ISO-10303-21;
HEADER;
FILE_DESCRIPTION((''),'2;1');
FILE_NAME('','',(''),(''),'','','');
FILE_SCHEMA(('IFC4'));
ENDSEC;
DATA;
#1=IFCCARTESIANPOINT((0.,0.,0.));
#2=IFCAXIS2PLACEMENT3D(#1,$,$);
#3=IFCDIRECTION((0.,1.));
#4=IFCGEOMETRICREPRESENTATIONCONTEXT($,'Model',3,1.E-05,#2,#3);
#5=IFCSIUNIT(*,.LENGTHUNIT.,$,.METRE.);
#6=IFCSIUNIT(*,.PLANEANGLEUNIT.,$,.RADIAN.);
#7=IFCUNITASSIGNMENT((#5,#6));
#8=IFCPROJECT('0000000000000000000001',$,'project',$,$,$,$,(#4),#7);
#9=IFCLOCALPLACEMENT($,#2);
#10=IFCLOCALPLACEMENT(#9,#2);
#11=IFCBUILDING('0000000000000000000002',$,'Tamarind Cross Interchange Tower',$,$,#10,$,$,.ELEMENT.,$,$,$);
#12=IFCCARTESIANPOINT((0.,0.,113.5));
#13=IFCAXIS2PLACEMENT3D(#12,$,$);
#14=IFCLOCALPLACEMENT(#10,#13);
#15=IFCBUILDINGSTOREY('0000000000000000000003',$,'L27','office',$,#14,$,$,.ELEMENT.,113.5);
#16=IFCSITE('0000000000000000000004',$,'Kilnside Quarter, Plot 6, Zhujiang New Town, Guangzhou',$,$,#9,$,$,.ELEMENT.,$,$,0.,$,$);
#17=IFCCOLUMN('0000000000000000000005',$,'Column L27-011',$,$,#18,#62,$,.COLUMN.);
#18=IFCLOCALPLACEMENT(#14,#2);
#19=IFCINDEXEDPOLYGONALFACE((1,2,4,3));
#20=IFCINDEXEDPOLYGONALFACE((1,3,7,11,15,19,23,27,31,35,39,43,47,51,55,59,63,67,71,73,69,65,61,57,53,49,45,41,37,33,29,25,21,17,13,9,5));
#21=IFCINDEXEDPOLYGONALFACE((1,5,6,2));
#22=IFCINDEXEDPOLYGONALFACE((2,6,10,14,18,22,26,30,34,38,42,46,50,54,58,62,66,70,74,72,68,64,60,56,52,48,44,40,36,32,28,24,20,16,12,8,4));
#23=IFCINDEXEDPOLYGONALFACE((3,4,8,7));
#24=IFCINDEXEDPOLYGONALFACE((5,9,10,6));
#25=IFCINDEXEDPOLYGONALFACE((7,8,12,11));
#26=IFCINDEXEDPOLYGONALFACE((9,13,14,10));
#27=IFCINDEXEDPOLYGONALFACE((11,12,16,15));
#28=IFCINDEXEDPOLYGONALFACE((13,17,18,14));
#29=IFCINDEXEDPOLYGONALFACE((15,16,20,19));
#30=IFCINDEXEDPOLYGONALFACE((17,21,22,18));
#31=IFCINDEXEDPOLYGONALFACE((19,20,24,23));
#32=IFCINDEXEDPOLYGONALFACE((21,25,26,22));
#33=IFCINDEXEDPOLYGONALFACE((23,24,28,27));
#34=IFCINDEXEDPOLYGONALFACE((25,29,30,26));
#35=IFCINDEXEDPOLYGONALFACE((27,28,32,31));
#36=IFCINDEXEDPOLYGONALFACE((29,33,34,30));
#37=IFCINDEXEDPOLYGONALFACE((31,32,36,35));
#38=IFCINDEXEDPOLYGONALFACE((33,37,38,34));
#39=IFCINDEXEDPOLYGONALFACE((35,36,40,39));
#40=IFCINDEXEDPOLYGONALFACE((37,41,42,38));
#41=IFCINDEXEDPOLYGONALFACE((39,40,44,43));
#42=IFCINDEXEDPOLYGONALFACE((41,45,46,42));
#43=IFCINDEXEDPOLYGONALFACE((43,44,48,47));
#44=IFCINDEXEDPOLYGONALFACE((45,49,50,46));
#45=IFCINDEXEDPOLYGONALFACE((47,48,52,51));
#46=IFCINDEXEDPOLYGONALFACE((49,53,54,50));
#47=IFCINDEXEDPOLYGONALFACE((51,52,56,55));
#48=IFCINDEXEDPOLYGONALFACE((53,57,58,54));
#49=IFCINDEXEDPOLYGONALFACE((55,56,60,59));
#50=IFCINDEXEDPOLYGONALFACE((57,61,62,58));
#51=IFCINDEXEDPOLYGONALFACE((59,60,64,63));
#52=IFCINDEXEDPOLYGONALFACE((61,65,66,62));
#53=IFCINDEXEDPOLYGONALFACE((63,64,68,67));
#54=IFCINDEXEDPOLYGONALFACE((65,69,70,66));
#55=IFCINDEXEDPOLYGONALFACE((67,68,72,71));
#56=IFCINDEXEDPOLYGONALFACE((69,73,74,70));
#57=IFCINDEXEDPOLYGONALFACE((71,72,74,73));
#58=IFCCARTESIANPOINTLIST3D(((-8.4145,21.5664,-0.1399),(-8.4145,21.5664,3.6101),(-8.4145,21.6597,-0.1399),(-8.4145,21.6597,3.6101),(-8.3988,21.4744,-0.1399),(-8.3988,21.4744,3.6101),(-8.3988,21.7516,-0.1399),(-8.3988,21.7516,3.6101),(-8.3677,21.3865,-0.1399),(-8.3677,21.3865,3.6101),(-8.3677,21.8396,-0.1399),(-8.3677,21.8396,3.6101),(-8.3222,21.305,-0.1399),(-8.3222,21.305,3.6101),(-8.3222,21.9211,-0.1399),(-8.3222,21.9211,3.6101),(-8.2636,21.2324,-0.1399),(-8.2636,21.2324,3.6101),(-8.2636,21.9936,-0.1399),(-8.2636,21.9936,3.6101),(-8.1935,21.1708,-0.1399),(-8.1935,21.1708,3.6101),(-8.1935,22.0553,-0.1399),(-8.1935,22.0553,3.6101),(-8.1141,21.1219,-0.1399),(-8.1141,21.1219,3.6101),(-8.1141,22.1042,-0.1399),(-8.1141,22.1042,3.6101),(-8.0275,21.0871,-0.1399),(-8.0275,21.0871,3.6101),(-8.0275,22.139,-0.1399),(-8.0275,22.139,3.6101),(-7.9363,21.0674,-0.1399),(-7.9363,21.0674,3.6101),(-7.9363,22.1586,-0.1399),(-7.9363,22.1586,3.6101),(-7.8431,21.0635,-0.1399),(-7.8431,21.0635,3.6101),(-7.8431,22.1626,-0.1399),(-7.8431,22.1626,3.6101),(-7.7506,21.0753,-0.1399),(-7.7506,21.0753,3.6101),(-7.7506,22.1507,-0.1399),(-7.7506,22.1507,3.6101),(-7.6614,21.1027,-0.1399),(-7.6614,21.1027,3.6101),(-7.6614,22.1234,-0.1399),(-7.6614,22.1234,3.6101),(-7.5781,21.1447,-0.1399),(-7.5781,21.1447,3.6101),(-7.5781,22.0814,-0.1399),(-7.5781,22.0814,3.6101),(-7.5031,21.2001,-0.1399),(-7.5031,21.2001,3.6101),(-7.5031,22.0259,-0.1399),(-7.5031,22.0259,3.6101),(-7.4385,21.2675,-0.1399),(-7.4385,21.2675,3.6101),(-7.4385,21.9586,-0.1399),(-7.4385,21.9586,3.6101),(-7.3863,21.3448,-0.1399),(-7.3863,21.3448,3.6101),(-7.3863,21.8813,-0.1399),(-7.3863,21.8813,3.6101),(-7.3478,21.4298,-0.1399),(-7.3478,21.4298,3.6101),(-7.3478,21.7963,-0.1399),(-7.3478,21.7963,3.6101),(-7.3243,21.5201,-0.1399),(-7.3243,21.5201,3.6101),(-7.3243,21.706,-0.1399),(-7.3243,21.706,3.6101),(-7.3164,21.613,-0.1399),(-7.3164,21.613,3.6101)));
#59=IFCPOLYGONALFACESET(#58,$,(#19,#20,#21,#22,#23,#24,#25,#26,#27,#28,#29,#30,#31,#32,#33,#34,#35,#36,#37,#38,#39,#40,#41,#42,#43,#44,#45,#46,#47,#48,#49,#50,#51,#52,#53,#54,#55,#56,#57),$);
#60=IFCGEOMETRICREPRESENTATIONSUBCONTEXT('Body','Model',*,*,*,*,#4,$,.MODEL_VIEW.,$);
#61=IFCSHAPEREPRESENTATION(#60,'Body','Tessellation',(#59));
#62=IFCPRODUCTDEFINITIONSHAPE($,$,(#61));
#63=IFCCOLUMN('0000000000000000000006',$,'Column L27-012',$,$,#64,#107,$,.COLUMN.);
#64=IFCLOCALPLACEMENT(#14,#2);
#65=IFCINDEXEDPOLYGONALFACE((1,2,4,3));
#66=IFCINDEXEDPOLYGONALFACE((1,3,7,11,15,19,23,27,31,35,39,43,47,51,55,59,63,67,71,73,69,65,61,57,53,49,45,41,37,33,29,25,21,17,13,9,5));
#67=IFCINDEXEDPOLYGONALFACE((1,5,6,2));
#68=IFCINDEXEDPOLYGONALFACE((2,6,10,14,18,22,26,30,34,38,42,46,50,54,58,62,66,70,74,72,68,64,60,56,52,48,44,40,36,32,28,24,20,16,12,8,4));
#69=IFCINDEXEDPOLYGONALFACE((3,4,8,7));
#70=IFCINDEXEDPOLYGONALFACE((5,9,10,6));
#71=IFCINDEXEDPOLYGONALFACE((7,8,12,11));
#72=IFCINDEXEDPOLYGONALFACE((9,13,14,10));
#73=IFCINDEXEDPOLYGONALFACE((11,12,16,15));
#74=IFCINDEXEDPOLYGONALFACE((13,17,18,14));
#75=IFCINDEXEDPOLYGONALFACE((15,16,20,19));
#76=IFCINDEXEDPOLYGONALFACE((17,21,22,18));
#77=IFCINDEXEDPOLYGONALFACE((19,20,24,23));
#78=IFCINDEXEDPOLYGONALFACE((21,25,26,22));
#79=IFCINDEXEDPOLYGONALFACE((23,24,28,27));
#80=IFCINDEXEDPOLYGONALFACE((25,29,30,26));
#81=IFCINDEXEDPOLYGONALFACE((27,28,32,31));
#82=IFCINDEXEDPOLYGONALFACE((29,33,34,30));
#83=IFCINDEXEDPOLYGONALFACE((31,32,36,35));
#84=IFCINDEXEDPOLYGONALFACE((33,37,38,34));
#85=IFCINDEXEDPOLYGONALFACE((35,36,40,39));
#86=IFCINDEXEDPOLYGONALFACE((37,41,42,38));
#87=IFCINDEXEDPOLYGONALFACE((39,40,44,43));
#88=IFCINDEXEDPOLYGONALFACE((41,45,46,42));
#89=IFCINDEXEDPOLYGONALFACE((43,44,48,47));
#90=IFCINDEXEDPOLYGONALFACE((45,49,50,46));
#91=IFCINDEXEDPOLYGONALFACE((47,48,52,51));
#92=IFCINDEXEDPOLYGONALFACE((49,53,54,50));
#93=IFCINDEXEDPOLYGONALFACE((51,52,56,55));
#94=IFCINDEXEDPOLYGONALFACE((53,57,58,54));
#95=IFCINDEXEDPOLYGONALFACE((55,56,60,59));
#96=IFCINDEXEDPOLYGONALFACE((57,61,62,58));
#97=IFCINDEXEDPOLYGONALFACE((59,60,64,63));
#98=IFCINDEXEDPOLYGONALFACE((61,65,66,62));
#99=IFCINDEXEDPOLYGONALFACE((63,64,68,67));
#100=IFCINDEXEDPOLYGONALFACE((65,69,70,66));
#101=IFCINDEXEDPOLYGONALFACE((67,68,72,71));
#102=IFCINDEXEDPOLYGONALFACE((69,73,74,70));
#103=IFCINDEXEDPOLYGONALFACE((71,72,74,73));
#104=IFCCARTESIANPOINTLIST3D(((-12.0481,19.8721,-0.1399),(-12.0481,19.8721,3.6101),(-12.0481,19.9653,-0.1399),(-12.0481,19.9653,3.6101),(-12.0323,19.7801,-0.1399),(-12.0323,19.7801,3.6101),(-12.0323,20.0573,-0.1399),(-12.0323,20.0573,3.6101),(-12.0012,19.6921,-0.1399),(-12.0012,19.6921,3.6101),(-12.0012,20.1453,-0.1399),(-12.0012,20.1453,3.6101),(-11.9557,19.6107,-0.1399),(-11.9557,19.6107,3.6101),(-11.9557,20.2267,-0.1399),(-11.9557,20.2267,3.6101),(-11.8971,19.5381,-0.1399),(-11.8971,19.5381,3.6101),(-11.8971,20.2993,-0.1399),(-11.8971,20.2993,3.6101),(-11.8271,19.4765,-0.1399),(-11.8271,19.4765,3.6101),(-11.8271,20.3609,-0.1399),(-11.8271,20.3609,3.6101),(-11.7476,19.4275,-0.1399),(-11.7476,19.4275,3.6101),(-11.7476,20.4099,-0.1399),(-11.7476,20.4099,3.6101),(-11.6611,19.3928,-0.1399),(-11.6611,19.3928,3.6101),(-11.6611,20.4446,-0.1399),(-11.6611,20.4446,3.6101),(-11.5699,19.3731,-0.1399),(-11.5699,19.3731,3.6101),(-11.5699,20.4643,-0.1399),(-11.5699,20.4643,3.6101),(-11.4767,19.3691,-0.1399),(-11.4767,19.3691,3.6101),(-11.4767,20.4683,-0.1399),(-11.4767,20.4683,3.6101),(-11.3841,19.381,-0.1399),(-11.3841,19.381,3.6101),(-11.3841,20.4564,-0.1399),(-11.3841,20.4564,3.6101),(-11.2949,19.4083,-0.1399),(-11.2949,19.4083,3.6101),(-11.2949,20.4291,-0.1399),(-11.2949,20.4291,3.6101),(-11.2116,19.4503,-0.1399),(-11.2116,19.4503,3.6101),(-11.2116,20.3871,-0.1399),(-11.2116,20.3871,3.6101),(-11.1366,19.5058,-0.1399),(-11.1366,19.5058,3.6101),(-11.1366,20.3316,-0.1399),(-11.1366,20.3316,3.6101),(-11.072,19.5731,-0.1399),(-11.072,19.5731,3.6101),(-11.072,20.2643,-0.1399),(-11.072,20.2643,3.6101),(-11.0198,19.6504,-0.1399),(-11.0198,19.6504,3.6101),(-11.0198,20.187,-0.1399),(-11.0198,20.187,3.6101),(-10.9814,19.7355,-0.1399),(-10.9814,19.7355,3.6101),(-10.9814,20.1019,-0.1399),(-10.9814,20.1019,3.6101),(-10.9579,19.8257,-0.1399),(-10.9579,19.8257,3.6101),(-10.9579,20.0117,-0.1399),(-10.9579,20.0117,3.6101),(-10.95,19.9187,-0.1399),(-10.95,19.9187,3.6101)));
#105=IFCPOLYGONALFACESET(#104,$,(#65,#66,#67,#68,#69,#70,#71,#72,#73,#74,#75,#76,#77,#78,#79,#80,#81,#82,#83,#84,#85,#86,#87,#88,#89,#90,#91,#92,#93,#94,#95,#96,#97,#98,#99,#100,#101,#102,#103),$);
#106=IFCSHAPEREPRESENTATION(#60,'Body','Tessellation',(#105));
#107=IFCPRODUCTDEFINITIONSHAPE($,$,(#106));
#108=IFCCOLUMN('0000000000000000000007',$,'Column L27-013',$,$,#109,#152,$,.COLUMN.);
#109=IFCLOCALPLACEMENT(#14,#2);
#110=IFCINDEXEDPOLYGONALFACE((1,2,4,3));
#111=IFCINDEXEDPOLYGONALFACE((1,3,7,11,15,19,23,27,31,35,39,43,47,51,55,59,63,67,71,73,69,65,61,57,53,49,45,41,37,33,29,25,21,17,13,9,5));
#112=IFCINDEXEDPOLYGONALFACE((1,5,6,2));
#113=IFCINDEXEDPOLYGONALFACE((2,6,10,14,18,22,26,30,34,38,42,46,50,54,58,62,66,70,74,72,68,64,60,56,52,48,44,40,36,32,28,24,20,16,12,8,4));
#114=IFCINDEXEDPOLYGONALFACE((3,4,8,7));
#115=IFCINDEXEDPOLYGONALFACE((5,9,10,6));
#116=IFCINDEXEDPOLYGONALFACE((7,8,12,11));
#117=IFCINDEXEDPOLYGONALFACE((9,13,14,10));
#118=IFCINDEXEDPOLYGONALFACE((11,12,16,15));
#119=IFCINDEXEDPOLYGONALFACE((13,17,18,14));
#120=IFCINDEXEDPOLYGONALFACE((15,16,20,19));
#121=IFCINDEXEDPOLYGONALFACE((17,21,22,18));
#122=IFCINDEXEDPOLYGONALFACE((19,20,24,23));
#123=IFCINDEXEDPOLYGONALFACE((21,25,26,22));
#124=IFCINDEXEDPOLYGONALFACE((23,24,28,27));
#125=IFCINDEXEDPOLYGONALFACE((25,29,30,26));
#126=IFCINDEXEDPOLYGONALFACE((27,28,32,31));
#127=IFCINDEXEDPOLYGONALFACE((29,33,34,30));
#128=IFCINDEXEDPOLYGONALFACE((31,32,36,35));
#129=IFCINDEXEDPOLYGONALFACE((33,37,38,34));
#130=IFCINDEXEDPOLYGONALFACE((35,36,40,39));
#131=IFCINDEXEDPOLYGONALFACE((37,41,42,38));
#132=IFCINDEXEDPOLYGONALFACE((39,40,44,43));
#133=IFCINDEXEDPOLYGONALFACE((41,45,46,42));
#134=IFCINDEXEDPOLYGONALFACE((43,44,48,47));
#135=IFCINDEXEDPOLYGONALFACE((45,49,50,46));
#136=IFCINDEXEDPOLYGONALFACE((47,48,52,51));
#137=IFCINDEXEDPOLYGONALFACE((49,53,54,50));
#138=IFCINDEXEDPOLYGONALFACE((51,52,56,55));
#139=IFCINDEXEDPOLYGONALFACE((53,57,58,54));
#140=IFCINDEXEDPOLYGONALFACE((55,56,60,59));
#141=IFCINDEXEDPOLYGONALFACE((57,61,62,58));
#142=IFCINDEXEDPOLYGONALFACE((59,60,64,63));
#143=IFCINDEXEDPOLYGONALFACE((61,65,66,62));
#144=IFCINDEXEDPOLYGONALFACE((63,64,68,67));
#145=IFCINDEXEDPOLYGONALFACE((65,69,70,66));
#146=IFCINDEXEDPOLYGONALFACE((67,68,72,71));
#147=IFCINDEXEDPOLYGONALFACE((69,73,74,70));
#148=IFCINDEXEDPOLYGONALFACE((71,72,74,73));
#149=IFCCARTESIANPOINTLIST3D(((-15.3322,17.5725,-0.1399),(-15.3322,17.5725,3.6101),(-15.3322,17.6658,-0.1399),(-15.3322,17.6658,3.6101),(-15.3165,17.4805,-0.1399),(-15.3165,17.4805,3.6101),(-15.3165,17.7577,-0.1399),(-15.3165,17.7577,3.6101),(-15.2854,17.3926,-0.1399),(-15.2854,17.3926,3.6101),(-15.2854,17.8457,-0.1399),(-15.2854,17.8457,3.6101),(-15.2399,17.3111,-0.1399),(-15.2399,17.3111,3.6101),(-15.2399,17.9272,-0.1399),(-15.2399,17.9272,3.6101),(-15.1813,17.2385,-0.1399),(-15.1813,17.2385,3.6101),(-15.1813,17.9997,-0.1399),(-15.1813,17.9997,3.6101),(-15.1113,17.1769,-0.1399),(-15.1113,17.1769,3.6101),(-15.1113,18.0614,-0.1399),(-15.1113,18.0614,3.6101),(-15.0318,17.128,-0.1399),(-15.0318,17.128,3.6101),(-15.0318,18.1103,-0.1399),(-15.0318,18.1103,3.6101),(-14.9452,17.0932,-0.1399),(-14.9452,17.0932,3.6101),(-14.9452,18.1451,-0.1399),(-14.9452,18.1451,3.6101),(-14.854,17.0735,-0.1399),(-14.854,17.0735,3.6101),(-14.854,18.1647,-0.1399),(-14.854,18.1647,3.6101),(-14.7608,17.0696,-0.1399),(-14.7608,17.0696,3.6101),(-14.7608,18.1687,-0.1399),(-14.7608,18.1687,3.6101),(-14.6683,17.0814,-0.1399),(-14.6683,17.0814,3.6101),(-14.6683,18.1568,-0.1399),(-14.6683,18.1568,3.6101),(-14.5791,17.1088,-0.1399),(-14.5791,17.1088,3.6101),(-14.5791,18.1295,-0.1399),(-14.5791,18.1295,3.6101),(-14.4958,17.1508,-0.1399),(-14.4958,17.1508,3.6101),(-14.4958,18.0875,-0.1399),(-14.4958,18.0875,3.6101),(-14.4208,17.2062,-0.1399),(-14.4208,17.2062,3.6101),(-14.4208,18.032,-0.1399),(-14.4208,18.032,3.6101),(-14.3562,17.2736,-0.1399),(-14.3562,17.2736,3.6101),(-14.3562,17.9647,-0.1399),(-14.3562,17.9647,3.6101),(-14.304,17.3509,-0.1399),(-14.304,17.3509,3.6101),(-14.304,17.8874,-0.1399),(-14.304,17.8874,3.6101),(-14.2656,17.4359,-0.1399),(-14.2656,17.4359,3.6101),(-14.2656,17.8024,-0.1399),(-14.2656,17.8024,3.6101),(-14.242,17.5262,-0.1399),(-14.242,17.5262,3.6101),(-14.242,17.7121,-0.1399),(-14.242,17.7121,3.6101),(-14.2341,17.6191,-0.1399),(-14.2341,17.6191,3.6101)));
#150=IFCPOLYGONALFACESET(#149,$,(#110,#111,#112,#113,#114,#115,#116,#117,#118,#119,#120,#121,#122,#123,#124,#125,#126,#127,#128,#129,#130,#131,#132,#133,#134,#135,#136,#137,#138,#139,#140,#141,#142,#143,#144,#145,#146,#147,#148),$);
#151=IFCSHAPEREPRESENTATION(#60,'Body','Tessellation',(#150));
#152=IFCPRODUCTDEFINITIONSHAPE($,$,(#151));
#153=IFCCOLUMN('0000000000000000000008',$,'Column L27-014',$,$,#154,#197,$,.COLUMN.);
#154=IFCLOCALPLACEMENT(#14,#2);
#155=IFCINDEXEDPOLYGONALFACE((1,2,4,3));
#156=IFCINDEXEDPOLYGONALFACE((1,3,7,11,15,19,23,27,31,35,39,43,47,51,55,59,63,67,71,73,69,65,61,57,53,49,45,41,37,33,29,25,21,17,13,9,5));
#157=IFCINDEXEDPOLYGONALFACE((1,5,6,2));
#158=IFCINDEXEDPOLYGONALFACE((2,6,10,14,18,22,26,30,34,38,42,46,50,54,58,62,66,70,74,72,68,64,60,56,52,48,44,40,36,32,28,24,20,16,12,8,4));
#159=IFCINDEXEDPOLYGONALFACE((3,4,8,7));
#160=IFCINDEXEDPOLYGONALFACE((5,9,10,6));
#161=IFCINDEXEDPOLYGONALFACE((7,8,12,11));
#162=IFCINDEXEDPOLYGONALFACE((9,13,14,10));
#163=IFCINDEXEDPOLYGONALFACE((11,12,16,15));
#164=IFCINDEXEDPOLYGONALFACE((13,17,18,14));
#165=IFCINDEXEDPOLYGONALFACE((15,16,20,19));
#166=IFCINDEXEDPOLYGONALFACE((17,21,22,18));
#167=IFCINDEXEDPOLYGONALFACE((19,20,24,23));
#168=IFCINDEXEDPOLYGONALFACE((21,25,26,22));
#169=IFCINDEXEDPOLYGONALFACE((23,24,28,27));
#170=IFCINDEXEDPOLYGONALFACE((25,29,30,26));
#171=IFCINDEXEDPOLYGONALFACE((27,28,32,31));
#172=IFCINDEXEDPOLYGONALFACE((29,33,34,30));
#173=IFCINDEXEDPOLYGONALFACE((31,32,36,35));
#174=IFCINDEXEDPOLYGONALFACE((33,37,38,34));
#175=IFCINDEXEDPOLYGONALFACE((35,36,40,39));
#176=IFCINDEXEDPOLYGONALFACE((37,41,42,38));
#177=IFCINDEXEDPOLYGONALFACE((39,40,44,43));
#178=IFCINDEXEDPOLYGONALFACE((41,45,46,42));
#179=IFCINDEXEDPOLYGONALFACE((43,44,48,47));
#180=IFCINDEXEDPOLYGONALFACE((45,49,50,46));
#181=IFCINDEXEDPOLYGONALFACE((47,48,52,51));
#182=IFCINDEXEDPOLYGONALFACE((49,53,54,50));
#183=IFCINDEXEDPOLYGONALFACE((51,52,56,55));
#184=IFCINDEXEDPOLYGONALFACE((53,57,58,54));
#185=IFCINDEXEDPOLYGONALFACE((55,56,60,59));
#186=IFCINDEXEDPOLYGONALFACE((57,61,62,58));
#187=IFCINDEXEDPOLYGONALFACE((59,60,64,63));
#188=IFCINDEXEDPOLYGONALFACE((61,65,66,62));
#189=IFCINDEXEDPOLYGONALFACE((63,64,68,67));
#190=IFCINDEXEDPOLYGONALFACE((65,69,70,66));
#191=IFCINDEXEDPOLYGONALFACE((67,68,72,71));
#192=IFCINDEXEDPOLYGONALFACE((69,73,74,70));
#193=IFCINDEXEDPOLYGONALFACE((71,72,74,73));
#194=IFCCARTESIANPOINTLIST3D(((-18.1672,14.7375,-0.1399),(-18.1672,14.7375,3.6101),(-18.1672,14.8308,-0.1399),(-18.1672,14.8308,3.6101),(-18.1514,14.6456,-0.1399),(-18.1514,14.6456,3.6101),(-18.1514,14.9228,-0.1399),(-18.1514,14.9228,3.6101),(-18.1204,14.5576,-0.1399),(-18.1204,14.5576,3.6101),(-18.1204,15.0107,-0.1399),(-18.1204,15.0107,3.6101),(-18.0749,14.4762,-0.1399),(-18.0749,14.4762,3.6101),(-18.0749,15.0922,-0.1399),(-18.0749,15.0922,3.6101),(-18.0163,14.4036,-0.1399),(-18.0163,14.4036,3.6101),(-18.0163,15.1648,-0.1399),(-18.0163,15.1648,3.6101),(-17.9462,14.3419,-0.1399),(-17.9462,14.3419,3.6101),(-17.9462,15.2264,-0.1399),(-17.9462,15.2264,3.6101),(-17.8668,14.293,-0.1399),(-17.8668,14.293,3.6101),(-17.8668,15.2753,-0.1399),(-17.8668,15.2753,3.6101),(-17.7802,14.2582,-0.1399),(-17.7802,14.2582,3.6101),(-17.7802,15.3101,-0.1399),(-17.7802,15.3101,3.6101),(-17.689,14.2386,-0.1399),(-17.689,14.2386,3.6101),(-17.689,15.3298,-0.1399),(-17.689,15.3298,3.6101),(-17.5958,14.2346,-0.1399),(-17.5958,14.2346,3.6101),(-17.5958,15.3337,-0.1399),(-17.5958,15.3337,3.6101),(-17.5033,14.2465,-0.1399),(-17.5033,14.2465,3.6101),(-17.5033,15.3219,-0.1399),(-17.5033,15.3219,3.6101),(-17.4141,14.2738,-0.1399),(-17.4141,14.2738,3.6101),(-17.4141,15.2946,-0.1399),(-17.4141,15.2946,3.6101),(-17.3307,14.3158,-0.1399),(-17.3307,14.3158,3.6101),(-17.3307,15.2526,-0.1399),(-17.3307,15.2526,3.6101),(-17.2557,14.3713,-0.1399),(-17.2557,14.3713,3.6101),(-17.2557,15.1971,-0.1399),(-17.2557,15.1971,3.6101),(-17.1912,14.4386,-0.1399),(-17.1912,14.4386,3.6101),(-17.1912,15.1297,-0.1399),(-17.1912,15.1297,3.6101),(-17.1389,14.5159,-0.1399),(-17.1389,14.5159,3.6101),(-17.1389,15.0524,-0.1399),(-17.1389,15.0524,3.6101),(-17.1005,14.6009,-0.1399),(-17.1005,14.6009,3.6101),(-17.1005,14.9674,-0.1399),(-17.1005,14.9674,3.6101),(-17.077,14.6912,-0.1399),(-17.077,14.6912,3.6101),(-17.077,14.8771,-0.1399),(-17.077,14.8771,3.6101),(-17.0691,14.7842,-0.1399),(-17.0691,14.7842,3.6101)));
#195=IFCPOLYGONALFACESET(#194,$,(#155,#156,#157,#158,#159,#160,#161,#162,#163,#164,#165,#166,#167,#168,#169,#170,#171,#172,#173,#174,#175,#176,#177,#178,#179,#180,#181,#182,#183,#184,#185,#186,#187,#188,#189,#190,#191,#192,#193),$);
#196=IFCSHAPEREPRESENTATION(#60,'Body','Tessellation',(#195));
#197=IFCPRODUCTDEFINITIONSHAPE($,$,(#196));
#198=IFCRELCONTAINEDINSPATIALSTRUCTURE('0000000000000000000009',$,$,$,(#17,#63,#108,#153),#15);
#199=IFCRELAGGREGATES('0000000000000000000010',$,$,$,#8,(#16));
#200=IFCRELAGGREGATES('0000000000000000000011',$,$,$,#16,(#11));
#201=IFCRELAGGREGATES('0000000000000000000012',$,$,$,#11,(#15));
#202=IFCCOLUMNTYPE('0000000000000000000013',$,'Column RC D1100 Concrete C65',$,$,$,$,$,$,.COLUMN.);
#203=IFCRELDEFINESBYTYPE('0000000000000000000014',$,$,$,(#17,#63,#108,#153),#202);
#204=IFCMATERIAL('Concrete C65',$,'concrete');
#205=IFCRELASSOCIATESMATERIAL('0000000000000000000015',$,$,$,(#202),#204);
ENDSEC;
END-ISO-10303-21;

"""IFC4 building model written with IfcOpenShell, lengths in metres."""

from ifc_helpers import new_model, si_unit, direction, frame, origin, origin_2d, place, context, subcontext, project, spatial, circle, extrude, material, material_profile, profile_set, type_object, element, save


model = new_model("IFC4")

# Units and contexts
model_context = context("Model", 3, precision=1e-05, world=origin(), true_north=direction((0.0, 1.0)))
body_context = subcontext(model_context, "Body", "Model", "MODEL_VIEW")
ifc_project = project(units=[si_unit("LENGTHUNIT", "METRE"), si_unit("PLANEANGLEUNIT", "RADIAN")], contexts=[model_context])

# Site, building, storey
site_placement = place(None, origin())
site = spatial("IfcSite", under=ifc_project, at=site_placement, Name="Kilnside Quarter, Plot 6, Zhujiang New Town, Guangzhou", CompositionType="ELEMENT", RefElevation=0.0)
building_placement = place(site_placement, origin())
building = spatial("IfcBuilding", under=site, at=building_placement, Name="Tamarind Cross Interchange Tower", CompositionType="ELEMENT")
storey_placement = place(building_placement, frame((0.0, 0.0, 113.5)))
storey = spatial("IfcBuildingStorey", under=building, at=storey_placement, Name="L27", Description="office", CompositionType="ELEMENT", Elevation=113.5)

# Columns
ifc_material_1 = material(Name="Concrete C65", Category="concrete")
ifc_material_profile_1 = material_profile(ifc_material_1, circle(Radius=0.55, at=origin_2d()), Name="RC D1100")
ifc_profile_set_1 = profile_set([ifc_material_profile_1], Name="Concrete C65")
column_type = type_object("IfcColumnType", Name="Column RC D1100 Concrete C65", PredefinedType="COLUMN", material=ifc_profile_set_1)
for number, where, z_axis, x_axis, name in (
    (1, (-7.8665, 21.613, -0.1399), (0.0, 0.0, 1.0), (1.0, 0.0, 0.0), "Column L27-011"),
    (2, (-11.5, 19.9187, -0.1399), (0.0, 0.0, 1.0), (1.0, 0.0, 0.0), "Column L27-012"),
    (3, (-14.7842, 17.6191, -0.1399), (0.0, 0.0, 1.0), (1.0, 0.0, 0.0), "Column L27-013"),
    (4, (-17.6191, 14.7842, -0.1399), (0.0, 0.0, 1.0), (1.0, 0.0, 0.0), "Column L27-014"),
):
    element("IfcColumn", number, at=place(storey_placement, frame(where, z_axis=z_axis, x_axis=x_axis)), inside=storey, type_object=column_type, Name=name, PredefinedType="COLUMN", context=body_context, shape_type="SweptSolid", body=[
        extrude(circle(Radius=0.55, at=origin_2d()), origin(), (0.0, 0.0, 1.0), 3.75),
    ])

save(model, "model.ifc")
